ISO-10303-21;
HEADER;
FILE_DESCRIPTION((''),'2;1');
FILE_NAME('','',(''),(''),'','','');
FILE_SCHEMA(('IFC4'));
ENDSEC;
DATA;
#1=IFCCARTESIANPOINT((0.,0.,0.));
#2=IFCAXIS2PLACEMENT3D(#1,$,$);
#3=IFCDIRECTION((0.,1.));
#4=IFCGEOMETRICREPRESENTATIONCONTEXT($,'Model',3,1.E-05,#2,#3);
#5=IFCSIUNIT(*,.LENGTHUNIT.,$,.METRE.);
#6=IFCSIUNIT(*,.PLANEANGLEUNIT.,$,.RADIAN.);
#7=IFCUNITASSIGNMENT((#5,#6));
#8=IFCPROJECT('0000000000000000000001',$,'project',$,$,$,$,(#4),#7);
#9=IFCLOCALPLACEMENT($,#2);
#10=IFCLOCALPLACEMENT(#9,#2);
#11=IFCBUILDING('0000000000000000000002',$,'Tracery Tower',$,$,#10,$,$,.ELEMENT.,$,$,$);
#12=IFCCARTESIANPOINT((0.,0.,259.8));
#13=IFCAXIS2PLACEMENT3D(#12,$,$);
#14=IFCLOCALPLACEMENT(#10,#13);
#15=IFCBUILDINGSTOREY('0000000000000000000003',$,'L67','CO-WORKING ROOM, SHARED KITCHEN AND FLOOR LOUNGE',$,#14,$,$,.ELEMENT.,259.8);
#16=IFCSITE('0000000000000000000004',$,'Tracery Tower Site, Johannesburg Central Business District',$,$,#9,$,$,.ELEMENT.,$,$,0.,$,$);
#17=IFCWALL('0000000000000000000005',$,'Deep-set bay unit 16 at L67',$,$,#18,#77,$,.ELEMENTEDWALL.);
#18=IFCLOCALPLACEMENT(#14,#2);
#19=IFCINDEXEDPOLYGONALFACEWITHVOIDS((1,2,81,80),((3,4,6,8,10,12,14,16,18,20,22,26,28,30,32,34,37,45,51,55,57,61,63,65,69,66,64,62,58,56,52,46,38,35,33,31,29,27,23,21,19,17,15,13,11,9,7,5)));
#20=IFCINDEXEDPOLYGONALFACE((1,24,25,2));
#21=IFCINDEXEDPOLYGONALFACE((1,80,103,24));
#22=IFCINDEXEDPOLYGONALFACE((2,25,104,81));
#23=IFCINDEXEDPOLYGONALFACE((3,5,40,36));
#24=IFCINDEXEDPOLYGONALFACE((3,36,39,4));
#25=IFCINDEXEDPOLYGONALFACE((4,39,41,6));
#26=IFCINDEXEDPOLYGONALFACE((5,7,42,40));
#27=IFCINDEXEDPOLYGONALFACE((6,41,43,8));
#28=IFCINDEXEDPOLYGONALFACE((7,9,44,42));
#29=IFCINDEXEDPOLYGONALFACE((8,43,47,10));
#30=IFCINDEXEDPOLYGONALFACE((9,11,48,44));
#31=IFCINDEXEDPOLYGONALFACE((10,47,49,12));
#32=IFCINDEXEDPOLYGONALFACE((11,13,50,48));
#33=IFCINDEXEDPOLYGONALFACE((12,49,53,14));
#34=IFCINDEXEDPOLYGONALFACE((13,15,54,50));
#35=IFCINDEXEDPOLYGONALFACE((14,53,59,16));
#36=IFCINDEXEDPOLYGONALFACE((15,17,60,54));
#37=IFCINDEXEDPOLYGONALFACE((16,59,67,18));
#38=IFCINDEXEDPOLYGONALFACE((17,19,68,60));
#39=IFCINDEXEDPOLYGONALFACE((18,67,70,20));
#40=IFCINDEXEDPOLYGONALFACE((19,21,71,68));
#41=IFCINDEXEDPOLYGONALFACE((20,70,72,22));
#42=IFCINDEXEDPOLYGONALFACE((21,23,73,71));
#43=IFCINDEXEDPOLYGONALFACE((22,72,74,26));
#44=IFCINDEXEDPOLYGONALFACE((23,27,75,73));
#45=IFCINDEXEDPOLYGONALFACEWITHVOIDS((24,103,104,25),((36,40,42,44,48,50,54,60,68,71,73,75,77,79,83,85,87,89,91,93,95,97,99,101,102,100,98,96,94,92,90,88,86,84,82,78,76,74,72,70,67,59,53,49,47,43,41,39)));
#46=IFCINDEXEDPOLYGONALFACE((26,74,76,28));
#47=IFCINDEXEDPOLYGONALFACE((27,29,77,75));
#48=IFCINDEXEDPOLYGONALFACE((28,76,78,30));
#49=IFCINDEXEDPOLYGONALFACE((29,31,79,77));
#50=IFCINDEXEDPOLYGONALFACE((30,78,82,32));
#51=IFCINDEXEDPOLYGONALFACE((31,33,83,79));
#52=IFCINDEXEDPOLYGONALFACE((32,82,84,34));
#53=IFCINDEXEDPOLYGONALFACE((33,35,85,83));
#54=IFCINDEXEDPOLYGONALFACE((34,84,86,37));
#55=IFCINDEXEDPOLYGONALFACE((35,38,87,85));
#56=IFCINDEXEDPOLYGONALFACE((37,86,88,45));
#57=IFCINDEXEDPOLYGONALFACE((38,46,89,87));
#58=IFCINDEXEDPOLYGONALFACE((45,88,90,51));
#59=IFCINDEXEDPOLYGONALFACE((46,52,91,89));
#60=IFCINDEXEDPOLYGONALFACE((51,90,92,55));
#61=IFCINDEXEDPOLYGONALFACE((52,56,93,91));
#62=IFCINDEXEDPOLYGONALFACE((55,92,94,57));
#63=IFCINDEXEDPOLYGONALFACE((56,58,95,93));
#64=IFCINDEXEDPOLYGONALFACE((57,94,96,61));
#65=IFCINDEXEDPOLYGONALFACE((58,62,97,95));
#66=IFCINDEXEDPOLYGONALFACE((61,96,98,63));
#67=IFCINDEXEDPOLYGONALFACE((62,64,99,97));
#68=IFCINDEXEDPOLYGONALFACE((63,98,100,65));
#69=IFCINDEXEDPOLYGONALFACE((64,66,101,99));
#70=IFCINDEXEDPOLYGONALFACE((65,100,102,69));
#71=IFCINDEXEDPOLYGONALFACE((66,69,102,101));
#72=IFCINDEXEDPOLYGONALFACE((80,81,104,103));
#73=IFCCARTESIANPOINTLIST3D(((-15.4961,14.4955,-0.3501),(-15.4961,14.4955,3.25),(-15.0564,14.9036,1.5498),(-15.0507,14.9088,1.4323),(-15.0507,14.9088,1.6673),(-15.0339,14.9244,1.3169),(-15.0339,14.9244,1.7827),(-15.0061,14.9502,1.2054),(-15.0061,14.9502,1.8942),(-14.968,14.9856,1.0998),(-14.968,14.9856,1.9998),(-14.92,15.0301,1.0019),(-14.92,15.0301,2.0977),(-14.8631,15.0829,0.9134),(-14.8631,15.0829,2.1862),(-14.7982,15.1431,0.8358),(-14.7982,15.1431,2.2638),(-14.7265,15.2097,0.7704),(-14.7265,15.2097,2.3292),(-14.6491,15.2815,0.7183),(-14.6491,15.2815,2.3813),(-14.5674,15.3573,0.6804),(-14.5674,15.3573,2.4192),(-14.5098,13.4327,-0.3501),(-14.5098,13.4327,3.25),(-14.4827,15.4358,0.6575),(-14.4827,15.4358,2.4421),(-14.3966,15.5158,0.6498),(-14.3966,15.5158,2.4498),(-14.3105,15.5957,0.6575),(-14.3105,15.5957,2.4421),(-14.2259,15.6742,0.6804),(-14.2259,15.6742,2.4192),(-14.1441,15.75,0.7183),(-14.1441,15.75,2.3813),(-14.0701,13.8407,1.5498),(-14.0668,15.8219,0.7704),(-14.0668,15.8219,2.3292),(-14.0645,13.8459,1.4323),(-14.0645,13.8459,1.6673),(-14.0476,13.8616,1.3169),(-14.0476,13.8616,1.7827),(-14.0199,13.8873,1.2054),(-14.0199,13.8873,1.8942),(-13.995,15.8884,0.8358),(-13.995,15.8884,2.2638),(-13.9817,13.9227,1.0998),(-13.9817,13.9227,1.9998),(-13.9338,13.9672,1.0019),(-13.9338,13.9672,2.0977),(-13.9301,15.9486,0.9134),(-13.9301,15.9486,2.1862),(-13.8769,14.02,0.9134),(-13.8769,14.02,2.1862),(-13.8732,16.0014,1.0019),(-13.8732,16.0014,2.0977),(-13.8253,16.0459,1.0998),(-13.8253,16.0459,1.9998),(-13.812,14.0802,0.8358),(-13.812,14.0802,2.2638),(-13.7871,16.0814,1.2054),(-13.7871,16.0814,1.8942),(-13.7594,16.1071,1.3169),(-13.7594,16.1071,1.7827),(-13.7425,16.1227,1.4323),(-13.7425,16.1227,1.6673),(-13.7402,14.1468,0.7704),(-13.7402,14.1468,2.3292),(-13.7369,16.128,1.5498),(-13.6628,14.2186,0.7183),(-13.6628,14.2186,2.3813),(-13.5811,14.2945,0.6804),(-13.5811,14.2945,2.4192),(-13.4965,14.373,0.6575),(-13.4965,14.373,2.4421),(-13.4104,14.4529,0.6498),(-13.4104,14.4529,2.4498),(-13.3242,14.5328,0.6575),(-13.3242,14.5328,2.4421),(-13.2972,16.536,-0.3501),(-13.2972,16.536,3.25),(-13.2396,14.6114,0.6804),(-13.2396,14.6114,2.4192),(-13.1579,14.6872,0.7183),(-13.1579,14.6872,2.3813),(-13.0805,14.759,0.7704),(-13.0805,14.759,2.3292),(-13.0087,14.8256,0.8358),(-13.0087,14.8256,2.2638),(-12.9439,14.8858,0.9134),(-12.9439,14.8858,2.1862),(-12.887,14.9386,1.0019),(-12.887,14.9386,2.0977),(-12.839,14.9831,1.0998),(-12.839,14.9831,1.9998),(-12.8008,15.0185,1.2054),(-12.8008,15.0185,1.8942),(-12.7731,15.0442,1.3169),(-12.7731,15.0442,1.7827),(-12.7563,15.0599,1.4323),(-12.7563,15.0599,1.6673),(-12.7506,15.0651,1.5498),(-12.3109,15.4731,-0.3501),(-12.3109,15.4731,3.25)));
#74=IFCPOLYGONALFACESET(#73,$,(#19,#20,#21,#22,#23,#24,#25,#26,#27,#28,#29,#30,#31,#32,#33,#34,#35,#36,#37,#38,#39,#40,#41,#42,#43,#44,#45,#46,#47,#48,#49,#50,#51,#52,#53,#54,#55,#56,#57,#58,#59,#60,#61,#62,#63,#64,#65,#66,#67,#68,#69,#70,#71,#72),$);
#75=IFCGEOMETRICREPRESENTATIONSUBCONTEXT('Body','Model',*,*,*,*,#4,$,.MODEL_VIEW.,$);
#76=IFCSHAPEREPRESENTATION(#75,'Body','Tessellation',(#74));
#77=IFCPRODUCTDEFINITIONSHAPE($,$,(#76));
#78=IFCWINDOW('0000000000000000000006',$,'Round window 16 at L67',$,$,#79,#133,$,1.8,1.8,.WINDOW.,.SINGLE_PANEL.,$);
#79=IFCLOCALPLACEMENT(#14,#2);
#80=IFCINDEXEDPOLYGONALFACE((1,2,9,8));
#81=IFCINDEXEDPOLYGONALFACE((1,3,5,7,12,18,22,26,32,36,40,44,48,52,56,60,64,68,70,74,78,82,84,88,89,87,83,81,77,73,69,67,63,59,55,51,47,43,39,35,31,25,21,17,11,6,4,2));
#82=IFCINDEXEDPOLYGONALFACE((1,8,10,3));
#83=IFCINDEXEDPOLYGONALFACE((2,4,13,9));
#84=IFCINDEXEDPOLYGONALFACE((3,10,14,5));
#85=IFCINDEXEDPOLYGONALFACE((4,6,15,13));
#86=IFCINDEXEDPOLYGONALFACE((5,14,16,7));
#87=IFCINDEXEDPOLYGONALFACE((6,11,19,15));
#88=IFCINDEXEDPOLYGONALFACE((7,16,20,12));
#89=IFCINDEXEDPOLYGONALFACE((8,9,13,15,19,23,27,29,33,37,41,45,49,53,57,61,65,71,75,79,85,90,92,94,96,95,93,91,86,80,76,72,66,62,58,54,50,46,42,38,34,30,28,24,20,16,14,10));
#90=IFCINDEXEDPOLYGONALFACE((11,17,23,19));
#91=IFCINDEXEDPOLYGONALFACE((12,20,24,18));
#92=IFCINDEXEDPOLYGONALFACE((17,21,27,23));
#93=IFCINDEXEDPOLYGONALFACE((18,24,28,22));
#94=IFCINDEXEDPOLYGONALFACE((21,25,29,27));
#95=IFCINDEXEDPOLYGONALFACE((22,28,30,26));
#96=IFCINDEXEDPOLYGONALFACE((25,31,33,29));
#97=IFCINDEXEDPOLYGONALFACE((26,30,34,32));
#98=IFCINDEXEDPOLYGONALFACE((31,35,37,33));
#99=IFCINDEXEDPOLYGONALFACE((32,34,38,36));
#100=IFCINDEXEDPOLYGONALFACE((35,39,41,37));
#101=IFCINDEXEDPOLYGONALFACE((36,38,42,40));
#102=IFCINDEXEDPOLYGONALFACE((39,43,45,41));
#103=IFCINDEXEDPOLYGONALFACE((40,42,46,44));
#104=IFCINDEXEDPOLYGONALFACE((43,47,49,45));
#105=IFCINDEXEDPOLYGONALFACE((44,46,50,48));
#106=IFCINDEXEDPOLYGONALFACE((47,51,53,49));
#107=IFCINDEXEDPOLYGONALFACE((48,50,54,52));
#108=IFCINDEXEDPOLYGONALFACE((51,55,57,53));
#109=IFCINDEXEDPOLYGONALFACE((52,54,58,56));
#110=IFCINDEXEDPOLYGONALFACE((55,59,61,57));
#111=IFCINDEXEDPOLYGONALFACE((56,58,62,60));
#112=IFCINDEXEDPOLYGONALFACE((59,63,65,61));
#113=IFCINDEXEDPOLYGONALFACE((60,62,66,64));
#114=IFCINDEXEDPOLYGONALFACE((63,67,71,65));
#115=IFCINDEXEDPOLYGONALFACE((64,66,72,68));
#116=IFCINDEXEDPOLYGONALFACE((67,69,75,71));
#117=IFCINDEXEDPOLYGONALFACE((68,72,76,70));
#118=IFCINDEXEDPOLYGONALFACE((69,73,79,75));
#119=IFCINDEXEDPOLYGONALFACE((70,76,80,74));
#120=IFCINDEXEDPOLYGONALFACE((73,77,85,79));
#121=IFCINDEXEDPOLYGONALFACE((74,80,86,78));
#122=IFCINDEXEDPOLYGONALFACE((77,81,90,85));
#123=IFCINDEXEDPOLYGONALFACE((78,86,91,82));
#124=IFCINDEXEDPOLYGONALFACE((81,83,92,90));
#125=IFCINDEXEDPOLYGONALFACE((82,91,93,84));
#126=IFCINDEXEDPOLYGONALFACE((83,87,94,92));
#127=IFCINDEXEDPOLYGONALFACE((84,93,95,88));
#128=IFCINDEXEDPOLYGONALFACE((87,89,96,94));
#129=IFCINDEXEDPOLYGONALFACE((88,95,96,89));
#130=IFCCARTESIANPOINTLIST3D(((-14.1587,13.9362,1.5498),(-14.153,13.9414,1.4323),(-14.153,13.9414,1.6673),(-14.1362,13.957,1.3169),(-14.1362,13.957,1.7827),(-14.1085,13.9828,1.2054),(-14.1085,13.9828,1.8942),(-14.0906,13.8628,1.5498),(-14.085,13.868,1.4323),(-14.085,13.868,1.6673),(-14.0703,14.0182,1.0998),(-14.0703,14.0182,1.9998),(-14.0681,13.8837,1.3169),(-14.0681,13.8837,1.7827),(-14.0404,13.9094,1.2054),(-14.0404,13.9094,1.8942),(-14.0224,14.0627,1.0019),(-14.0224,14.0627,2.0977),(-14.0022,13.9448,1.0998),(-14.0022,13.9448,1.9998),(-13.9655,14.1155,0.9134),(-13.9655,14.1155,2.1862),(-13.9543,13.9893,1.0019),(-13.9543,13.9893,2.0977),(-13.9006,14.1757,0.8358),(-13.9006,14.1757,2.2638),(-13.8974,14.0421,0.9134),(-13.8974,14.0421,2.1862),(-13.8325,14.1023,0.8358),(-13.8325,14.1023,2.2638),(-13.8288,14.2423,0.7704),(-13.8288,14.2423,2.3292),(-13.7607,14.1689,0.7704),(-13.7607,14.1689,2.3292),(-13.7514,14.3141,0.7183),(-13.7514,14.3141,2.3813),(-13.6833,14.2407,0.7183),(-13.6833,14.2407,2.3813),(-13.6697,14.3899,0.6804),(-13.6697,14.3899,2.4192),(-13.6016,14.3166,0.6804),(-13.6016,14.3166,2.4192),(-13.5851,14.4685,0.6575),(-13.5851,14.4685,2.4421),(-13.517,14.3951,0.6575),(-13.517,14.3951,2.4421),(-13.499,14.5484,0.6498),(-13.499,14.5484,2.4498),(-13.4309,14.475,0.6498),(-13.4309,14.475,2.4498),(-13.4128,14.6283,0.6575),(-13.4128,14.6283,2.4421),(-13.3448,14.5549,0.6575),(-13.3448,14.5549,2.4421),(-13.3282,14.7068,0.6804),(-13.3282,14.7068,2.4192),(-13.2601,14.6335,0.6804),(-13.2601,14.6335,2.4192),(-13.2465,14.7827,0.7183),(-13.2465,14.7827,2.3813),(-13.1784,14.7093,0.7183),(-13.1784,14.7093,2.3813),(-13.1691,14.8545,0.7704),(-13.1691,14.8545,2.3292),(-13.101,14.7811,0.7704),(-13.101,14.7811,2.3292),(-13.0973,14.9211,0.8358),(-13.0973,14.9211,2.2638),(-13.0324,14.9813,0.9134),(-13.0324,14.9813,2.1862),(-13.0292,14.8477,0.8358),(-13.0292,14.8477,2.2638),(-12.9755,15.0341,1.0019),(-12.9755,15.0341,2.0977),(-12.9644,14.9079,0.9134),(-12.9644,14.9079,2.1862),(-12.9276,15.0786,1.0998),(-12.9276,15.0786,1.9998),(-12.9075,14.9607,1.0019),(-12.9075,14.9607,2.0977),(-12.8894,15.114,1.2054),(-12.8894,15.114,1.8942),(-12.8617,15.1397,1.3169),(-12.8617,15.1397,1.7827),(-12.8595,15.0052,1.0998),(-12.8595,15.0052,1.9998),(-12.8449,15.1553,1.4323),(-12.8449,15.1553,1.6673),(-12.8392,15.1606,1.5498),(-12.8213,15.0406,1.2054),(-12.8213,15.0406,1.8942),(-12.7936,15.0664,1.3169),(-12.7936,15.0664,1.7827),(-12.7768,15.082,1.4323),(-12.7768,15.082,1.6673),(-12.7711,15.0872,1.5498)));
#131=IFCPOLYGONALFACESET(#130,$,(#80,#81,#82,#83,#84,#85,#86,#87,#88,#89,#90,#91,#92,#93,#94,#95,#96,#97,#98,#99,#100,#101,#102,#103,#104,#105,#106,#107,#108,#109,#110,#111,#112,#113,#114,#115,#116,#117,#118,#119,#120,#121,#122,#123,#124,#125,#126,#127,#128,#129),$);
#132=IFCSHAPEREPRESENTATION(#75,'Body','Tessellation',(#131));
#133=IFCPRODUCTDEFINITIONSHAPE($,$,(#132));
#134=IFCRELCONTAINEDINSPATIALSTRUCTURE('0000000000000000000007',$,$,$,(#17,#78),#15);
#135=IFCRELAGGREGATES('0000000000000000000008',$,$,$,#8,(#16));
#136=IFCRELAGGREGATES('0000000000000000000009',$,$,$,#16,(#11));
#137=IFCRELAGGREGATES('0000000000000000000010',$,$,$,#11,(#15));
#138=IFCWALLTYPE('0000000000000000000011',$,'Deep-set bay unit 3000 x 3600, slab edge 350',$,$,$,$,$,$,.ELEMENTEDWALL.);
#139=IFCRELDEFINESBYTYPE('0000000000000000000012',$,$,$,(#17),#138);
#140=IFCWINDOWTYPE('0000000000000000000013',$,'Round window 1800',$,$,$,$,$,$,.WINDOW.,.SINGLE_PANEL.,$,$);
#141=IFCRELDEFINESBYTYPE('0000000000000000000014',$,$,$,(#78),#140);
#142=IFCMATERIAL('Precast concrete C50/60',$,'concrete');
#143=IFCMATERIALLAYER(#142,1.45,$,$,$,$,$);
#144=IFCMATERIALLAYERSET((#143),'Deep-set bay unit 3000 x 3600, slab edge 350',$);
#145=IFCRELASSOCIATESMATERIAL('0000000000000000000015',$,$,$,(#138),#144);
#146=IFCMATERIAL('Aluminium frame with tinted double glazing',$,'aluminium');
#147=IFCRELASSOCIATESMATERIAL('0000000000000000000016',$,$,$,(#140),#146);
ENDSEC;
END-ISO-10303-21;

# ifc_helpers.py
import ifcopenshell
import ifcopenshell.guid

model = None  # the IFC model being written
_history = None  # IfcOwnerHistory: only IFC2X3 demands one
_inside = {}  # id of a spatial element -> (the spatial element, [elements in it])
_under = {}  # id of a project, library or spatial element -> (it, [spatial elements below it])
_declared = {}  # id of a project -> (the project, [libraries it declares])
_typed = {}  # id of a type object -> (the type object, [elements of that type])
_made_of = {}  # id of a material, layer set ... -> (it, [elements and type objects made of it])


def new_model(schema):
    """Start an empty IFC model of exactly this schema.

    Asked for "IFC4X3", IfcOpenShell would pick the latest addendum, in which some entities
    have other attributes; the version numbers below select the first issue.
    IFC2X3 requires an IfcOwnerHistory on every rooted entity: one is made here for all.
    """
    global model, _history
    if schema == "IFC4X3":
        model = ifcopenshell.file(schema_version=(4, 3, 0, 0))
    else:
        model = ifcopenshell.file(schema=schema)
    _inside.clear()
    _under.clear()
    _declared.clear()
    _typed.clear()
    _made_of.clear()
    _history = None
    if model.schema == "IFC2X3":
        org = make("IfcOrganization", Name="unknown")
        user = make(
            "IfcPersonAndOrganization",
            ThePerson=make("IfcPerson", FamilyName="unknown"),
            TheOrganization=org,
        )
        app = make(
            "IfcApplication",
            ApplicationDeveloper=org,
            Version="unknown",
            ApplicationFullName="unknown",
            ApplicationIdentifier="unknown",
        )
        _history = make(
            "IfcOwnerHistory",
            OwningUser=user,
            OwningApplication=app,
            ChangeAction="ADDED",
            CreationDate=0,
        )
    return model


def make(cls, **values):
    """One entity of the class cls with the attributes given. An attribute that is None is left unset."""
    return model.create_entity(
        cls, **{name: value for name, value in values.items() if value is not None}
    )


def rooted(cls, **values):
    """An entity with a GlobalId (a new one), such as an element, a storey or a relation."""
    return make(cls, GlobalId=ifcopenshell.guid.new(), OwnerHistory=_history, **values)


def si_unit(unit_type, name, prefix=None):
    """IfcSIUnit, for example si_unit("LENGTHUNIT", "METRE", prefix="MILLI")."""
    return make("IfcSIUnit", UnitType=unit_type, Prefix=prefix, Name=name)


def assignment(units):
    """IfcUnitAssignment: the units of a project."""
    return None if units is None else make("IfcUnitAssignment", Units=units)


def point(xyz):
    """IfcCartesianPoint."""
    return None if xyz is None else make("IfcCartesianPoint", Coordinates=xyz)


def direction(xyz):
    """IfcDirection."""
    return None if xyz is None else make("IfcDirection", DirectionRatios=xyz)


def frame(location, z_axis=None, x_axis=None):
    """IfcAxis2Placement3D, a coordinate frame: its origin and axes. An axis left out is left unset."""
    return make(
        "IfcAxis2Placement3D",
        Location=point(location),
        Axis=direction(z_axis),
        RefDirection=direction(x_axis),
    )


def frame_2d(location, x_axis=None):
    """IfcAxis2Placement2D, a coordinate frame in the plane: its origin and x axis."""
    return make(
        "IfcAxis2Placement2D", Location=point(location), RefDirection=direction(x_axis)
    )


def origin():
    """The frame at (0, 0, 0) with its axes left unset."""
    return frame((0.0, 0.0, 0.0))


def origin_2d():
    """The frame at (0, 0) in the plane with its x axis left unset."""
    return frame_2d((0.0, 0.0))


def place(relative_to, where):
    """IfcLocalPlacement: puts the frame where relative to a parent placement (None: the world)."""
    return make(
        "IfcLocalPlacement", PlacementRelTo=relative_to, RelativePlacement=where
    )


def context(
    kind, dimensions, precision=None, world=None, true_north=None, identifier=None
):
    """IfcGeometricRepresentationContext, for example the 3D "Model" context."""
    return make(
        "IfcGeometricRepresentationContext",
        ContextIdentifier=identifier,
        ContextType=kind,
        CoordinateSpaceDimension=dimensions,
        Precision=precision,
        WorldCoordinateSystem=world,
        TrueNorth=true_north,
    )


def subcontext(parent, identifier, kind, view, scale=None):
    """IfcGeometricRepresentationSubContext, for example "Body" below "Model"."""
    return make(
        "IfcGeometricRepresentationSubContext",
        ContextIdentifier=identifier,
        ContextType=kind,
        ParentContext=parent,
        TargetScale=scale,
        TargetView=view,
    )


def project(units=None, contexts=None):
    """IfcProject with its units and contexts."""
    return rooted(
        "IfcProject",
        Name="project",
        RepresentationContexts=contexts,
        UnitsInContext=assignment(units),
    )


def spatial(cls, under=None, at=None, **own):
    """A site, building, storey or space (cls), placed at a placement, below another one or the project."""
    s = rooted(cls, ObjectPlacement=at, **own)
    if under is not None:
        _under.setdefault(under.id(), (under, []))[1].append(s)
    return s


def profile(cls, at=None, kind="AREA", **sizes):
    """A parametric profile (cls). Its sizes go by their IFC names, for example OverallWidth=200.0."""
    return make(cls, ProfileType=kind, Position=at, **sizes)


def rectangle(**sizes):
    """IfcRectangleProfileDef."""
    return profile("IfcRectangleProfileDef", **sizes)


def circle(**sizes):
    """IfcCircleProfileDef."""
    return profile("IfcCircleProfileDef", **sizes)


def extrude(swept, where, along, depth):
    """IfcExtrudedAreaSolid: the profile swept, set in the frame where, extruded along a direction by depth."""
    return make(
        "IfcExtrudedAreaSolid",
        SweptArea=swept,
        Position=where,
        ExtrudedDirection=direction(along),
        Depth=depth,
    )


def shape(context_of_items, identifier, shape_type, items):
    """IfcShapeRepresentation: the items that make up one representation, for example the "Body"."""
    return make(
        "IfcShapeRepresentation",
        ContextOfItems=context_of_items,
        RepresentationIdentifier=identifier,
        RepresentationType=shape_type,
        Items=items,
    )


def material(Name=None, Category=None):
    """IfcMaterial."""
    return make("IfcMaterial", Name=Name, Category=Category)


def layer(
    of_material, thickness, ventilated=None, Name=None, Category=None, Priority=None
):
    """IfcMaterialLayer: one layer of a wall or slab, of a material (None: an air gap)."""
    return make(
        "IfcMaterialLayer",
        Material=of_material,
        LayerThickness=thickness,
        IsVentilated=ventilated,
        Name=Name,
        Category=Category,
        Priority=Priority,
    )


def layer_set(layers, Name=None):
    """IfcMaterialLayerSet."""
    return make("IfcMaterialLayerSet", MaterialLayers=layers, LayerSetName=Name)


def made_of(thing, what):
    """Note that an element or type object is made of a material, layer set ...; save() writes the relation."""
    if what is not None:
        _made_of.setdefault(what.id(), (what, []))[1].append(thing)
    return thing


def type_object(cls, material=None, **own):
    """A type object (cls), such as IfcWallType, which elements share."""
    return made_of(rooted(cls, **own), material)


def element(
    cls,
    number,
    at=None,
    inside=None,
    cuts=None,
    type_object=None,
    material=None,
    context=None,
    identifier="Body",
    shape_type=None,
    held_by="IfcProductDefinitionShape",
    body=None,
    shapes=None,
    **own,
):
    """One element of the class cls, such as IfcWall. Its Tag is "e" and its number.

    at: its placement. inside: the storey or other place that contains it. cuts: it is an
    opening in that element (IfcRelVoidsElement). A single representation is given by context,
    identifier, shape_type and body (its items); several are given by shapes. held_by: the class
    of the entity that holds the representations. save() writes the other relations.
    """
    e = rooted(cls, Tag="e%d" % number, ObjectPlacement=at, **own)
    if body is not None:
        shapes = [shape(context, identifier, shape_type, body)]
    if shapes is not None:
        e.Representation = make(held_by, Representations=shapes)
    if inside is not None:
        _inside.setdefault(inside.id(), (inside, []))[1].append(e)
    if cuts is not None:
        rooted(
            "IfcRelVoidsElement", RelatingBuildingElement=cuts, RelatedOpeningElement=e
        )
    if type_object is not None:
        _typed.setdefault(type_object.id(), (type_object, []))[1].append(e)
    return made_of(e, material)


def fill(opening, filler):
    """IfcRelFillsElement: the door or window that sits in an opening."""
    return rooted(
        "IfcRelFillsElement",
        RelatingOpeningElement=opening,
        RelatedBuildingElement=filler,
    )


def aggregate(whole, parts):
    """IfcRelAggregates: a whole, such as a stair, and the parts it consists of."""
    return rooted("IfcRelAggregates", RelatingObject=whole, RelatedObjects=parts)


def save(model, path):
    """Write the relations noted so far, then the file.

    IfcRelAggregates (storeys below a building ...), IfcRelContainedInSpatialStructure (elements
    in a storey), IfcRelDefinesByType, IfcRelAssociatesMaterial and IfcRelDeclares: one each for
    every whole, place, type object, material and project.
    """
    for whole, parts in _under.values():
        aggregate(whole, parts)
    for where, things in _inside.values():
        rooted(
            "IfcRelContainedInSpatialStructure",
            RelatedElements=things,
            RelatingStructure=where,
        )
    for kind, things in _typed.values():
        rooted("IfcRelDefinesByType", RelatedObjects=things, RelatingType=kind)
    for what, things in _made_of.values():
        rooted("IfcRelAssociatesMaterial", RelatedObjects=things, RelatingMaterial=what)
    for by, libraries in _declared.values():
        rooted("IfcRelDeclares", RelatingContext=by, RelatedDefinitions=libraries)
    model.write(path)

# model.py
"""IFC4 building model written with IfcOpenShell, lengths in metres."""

from ifc_helpers import new_model, si_unit, direction, frame, frame_2d, origin, origin_2d, place, context, subcontext, project, spatial, rectangle, circle, extrude, material, layer, layer_set, type_object, element, fill, save


model = new_model("IFC4")

# Units and contexts
model_context = context("Model", 3, precision=1e-05, world=origin(), true_north=direction((0.0, 1.0)))
body_context = subcontext(model_context, "Body", "Model", "MODEL_VIEW")
ifc_project = project(units=[si_unit("LENGTHUNIT", "METRE"), si_unit("PLANEANGLEUNIT", "RADIAN")], contexts=[model_context])

# Site, building, storey
site_placement = place(None, origin())
site = spatial("IfcSite", under=ifc_project, at=site_placement, Name="Tracery Tower Site, Johannesburg Central Business District", CompositionType="ELEMENT", RefElevation=0.0)
building_placement = place(site_placement, origin())
building = spatial("IfcBuilding", under=site, at=building_placement, Name="Tracery Tower", CompositionType="ELEMENT")
storey_placement = place(building_placement, frame((0.0, 0.0, 259.8)))
storey = spatial("IfcBuildingStorey", under=building, at=storey_placement, Name="L67", Description="CO-WORKING ROOM, SHARED KITCHEN AND FLOOR LOUNGE", CompositionType="ELEMENT", Elevation=259.8)

# Wall, opening, window
ifc_material_1 = material(Name="Precast concrete C50/60", Category="concrete")
ifc_layer_1 = layer(ifc_material_1, 1.45)
ifc_layer_set_1 = layer_set([ifc_layer_1], Name="Deep-set bay unit 3000 x 3600, slab edge 350")
wall_type_1 = type_object("IfcWallType", Name="Deep-set bay unit 3000 x 3600, slab edge 350", PredefinedType="ELEMENTEDWALL", material=ifc_layer_set_1)
wall_1_placement = place(storey_placement, frame((-12.804, 16.0046, -0.3501), z_axis=(0.0, 0.0, 1.0), x_axis=(-0.733022, -0.680204, 0.0)))
wall_1 = element("IfcWall", 1, at=wall_1_placement, inside=storey, type_object=wall_type_1, Name="Deep-set bay unit 16 at L67", PredefinedType="ELEMENTEDWALL", context=body_context, shape_type="SweptSolid", body=[
    extrude(rectangle(XDim=2.9998, YDim=1.45, at=frame_2d((1.5, 0.0))), origin(), (0.0, 0.0, 1.0), 3.6001),
])
opening_1_placement = place(wall_1_placement, frame((1.5, 0.0, 1.8999)))
opening_1 = element("IfcOpeningElement", 2, at=opening_1_placement, cuts=wall_1, PredefinedType="OPENING", context=body_context, shape_type="SweptSolid", body=[
    extrude(circle(Radius=0.9, at=origin_2d()), frame((0.0, 0.7349, 0.0), z_axis=(0.0, -1.0, 0.0), x_axis=(1.0, 0.0, 0.0)), (0.0, 0.0, 1.0), 1.47),
])
ifc_material_2 = material(Name="Aluminium frame with tinted double glazing", Category="aluminium")
window_type = type_object("IfcWindowType", Name="Round window 1800", PartitioningType="SINGLE_PANEL", PredefinedType="WINDOW", material=ifc_material_2)
window_1_placement = place(opening_1_placement, origin())
window_1 = element("IfcWindow", 3, at=window_1_placement, inside=storey, type_object=window_type, Name="Round window 16 at L67", OverallHeight=1.8, OverallWidth=1.8, PartitioningType="SINGLE_PANEL", PredefinedType="WINDOW", context=body_context, shape_type="SweptSolid", body=[
    extrude(circle(Radius=0.9, at=origin_2d()), frame((0.0, 0.6948, 0.0), z_axis=(0.0, -1.0, 0.0), x_axis=(1.0, 0.0, 0.0)), (0.0, 0.0, 1.0), 0.1001),
])
fill(opening_1, window_1)

save(model, "model.ifc")
